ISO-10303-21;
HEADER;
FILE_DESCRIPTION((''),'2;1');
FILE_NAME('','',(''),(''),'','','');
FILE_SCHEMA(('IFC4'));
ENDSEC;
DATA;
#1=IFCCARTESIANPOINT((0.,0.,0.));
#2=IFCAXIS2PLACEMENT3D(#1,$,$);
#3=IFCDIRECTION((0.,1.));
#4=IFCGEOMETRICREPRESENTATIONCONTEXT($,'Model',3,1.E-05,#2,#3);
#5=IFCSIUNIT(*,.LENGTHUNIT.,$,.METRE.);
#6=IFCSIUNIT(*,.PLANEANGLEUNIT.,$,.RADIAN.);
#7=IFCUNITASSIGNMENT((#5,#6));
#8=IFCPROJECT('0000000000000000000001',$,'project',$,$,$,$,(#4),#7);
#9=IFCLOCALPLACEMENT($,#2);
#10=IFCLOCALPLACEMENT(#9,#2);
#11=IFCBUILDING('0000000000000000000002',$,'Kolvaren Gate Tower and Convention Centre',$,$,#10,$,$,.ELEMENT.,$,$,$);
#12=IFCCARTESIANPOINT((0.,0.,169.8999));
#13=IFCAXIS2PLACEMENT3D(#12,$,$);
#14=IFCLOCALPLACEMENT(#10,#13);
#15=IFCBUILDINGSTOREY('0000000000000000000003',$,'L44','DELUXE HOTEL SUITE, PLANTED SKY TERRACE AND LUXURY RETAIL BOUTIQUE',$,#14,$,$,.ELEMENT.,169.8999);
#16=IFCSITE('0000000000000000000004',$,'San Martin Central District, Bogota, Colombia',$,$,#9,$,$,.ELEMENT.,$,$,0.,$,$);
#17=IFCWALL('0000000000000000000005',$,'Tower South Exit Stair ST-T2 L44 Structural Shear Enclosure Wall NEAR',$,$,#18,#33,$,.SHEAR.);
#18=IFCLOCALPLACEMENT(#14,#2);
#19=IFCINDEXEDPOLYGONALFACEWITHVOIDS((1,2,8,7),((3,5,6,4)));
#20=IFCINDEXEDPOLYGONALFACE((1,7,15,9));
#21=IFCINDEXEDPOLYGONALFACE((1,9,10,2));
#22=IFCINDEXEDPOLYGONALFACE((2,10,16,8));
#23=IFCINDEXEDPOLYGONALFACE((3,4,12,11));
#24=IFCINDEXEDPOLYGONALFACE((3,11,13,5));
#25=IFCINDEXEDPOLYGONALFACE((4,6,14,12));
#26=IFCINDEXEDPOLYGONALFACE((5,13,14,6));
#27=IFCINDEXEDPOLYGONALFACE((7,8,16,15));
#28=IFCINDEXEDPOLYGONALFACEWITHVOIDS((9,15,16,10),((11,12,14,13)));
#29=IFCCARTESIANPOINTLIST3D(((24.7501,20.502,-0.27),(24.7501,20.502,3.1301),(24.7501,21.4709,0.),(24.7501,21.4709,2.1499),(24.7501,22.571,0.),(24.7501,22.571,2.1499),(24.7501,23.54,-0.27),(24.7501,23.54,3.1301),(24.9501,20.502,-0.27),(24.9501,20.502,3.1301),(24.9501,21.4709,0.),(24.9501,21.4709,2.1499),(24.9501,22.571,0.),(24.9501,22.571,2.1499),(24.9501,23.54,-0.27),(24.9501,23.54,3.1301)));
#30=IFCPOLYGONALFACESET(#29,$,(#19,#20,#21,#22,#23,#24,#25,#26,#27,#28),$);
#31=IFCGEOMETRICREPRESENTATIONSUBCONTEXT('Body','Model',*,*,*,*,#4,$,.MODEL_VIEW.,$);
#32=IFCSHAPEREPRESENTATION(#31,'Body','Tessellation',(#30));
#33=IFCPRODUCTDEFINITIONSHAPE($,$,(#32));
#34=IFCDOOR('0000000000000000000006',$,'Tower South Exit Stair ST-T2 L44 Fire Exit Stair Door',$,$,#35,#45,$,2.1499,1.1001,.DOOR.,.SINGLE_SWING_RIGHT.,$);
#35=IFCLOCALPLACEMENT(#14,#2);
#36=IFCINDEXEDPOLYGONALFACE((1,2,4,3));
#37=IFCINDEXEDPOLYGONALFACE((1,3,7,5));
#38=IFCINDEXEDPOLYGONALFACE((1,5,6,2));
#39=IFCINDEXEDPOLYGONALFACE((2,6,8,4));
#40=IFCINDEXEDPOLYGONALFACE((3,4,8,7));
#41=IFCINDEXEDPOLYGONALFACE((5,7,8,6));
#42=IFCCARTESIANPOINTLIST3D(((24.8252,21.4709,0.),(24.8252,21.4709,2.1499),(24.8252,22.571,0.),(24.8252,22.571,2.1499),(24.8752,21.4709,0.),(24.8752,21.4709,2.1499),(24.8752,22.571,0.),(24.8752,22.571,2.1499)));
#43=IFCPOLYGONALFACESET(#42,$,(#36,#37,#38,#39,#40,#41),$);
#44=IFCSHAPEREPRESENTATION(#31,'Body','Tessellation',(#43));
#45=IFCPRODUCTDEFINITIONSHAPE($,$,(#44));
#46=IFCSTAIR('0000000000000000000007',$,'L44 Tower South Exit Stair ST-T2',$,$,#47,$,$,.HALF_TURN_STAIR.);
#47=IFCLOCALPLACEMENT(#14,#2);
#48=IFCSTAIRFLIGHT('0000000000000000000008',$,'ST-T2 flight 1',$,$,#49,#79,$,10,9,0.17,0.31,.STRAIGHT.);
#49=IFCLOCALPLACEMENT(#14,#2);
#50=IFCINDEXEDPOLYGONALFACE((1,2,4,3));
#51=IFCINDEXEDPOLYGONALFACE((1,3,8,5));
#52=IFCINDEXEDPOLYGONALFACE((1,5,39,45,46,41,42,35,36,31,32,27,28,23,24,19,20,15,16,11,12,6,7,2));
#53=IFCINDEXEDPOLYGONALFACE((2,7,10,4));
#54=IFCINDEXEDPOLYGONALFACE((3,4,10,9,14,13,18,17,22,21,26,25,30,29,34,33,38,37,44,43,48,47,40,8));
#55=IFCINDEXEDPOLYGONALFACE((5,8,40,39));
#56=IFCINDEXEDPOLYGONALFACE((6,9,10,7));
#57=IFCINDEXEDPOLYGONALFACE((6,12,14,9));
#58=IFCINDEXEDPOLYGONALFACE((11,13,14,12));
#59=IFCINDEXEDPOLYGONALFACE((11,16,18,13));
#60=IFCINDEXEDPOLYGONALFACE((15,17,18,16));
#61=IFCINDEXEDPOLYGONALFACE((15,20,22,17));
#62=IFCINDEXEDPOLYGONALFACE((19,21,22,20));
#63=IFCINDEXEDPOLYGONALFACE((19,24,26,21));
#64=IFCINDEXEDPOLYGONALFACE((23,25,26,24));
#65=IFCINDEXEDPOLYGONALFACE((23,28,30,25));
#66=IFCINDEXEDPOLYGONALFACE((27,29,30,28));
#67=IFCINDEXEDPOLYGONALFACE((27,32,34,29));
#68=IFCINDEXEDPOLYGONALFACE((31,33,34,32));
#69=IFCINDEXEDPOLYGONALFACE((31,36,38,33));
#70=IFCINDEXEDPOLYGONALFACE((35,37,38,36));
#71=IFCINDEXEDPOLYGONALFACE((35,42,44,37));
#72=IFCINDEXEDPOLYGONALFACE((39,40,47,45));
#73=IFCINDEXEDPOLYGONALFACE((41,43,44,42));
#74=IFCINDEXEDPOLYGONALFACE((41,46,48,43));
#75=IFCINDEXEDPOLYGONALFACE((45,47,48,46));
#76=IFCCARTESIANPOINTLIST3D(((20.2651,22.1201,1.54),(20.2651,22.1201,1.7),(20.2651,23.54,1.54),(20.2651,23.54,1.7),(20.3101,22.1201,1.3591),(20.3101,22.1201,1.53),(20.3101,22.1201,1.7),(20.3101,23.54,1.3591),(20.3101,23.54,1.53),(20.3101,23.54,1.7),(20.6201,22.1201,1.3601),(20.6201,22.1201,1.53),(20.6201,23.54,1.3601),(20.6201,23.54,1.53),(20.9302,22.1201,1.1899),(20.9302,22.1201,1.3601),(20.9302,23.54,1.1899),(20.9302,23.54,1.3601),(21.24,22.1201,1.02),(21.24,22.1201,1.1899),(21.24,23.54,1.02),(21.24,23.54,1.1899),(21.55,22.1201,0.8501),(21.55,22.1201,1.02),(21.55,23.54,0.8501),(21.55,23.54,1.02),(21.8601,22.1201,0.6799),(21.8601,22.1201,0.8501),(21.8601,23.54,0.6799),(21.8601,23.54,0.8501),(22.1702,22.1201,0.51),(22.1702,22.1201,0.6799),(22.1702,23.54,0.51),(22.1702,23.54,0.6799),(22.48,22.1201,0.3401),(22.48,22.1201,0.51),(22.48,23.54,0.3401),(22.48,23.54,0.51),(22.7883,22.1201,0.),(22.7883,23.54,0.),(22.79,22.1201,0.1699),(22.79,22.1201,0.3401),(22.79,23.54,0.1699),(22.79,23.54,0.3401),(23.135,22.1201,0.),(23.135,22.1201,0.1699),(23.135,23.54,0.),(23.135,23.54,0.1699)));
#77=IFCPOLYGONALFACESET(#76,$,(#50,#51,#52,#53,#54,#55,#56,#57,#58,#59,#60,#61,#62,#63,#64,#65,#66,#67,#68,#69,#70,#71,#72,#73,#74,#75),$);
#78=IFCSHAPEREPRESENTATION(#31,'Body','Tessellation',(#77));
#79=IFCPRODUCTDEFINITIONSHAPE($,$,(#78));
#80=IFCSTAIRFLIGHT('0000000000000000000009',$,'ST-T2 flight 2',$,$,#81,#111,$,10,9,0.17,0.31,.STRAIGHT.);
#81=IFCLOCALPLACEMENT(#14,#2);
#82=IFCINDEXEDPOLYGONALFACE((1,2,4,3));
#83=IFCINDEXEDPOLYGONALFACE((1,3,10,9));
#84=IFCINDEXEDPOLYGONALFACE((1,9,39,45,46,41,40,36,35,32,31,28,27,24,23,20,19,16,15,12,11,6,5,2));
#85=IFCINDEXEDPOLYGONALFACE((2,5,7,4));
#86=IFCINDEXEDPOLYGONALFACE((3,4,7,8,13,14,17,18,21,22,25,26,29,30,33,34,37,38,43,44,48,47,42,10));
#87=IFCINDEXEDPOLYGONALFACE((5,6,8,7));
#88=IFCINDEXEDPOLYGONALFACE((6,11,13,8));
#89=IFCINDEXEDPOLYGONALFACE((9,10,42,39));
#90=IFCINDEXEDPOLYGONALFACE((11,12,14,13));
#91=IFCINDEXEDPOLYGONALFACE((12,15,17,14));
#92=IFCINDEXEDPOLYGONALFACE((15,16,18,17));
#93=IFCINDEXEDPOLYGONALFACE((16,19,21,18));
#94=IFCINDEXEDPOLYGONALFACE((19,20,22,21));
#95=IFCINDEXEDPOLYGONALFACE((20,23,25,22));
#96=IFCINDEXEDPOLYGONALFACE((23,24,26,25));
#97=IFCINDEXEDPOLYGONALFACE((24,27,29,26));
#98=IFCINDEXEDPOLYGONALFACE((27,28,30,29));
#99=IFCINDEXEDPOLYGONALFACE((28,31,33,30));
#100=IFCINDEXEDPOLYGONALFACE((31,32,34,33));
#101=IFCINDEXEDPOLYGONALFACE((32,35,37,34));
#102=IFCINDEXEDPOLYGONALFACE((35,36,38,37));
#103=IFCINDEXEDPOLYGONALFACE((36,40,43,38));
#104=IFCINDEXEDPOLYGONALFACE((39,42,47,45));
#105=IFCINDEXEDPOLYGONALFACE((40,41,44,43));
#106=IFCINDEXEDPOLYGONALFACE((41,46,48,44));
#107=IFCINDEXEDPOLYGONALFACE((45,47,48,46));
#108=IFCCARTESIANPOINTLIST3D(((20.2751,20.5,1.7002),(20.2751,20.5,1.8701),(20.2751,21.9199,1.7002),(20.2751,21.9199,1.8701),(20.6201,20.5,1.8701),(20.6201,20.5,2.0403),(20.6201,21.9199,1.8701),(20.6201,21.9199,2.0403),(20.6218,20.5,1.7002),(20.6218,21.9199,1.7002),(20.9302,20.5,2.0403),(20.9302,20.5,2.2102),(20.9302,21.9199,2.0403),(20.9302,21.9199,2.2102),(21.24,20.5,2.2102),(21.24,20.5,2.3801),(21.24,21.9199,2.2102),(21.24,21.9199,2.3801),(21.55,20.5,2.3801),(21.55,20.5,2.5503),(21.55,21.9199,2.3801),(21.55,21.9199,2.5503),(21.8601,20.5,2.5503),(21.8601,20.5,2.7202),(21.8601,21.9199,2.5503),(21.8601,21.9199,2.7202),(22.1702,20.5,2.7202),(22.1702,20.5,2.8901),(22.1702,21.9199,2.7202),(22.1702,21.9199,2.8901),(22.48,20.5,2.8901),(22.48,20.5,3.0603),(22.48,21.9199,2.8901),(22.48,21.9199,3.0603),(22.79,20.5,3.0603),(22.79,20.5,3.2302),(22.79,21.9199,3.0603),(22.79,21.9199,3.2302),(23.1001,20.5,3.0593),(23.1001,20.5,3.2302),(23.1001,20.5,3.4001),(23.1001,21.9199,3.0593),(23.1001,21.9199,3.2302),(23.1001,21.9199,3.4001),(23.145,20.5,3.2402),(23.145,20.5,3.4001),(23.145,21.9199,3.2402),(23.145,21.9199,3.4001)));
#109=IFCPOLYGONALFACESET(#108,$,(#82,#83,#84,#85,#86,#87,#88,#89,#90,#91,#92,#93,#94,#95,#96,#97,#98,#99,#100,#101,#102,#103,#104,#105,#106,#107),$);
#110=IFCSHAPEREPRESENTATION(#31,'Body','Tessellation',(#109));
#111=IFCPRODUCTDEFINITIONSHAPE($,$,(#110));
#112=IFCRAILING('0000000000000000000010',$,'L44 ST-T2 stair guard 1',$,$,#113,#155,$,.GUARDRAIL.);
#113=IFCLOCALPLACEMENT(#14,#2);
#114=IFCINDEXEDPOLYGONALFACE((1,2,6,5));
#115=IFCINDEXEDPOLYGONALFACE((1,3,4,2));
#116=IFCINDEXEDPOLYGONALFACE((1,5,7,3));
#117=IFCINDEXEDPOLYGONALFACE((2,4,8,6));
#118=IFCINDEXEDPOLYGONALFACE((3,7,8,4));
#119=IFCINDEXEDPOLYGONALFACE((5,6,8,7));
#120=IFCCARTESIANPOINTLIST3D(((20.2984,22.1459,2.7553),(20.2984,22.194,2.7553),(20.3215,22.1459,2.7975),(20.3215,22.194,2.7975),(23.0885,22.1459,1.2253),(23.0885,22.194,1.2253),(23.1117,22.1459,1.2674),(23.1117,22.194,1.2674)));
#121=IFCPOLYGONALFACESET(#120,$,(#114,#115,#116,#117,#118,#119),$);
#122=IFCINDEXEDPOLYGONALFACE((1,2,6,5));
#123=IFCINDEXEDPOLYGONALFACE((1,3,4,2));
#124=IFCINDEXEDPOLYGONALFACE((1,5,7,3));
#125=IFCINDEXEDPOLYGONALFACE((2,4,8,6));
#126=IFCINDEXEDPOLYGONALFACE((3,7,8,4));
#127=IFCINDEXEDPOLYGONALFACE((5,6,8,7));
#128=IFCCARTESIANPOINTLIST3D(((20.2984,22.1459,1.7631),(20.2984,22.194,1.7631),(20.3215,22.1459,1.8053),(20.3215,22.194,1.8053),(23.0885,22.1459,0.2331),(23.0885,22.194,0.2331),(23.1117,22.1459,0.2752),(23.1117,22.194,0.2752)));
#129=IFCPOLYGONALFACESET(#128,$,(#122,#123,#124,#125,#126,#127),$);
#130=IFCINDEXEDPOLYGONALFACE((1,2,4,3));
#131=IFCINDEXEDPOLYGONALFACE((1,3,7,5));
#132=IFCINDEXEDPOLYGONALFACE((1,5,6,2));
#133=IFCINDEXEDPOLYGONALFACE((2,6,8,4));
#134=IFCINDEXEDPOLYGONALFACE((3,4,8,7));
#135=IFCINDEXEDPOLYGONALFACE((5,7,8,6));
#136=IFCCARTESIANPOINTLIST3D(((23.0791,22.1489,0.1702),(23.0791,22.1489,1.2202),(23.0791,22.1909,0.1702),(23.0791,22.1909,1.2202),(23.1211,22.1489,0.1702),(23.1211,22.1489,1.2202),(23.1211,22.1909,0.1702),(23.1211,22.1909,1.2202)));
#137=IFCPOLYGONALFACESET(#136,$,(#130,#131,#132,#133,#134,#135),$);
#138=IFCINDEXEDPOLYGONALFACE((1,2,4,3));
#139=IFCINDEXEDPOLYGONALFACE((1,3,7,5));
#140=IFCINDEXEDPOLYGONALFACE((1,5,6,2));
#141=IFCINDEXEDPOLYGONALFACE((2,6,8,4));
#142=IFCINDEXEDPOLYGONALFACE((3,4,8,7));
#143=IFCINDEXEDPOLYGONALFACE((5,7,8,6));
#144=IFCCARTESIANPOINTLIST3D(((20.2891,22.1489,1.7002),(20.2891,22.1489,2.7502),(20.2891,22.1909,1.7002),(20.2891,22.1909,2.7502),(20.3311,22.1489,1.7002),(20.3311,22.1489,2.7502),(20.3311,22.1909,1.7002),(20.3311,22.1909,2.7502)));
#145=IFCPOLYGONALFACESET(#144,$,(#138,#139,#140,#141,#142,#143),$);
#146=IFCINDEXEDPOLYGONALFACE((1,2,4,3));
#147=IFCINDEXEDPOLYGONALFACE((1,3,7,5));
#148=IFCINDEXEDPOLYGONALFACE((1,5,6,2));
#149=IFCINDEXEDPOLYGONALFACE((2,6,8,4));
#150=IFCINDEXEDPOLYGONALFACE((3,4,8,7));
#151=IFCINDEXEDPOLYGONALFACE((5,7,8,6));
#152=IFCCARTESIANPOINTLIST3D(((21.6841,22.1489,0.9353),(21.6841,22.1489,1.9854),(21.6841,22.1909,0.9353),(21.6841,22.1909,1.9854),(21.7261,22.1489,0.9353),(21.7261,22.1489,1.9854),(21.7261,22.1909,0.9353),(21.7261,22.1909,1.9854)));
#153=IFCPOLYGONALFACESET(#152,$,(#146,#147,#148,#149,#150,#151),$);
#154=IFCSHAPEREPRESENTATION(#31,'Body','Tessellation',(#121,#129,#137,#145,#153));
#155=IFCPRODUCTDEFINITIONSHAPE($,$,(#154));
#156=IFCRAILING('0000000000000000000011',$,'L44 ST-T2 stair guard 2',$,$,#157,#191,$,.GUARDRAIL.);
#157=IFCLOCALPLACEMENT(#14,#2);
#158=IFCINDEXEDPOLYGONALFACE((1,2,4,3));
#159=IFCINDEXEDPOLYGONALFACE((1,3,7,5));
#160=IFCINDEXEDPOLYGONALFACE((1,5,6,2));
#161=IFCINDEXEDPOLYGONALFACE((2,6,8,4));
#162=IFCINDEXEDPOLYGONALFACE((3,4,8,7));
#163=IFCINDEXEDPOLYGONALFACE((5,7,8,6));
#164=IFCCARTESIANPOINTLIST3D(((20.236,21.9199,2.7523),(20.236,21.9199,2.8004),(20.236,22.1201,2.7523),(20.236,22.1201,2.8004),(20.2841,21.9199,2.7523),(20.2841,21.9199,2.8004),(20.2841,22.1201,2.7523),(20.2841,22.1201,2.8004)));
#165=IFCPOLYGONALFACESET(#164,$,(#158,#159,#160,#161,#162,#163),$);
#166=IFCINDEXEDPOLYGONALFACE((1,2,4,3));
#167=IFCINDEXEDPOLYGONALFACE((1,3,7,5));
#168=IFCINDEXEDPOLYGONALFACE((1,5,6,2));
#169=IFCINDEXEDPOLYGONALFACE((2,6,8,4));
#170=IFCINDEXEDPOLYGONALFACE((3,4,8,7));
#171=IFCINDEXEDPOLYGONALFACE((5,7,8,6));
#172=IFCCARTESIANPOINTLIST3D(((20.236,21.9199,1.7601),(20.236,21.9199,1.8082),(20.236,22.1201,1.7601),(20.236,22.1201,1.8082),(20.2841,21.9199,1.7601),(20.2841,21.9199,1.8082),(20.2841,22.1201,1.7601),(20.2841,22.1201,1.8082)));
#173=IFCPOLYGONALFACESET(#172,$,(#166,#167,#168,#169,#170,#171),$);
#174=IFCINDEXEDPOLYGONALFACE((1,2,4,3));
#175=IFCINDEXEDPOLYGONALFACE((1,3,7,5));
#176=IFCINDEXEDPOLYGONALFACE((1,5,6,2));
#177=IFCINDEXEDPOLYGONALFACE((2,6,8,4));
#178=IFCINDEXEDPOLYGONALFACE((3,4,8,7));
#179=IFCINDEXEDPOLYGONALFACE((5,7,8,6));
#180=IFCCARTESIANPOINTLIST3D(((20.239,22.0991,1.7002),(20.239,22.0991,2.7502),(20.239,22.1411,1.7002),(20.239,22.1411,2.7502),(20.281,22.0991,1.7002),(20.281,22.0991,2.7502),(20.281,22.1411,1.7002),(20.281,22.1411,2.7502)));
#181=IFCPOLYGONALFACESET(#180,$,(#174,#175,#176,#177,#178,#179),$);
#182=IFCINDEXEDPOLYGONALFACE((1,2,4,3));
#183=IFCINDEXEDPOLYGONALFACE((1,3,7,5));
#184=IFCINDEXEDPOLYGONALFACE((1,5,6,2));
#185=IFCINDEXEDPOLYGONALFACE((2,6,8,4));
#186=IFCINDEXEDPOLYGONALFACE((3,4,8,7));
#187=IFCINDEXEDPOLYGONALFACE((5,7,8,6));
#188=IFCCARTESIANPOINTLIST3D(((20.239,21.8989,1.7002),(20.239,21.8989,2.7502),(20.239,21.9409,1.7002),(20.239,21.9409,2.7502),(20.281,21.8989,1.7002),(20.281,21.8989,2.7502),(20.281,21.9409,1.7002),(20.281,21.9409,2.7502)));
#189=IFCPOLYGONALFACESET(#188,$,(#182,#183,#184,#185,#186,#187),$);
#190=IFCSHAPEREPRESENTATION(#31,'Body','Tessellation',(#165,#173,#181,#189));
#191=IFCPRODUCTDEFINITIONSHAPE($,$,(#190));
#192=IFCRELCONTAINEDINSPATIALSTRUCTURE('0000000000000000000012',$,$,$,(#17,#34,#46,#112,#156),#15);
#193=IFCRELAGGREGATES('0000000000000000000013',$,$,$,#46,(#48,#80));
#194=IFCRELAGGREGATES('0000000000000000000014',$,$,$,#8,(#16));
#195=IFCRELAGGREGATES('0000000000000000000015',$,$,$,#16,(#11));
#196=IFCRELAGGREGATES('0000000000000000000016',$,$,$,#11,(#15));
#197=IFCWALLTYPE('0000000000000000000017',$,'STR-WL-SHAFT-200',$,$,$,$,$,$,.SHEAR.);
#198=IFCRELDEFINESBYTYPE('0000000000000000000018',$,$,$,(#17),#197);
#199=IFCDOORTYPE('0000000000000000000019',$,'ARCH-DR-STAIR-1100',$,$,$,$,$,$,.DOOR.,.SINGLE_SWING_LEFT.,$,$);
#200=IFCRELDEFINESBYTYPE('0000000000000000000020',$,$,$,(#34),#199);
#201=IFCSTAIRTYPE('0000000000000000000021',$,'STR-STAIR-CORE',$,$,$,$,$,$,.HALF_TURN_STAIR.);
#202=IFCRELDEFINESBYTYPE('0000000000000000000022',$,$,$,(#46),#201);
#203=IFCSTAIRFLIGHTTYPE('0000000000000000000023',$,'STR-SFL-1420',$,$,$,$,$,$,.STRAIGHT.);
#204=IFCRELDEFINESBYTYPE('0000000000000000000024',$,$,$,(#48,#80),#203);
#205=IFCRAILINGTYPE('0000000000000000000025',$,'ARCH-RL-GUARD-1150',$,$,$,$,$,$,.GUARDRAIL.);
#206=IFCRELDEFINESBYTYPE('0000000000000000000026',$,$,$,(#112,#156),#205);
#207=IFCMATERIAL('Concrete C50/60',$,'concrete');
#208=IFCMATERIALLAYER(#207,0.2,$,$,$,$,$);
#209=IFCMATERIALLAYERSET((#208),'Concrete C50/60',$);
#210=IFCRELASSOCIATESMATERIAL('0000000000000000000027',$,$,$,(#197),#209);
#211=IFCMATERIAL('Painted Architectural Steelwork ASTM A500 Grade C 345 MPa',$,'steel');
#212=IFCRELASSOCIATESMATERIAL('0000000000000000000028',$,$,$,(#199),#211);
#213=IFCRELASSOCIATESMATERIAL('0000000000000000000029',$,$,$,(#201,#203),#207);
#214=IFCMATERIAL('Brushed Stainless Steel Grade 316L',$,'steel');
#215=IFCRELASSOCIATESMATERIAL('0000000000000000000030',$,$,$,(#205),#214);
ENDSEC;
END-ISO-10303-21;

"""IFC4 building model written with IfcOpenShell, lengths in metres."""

from ifc_helpers import new_model, si_unit, direction, frame, frame_2d, origin, origin_2d, place, context, subcontext, project, spatial, polyline, rectangle, outline, extrude, material, layer, layer_set, type_object, element, fill, aggregate, save


model = new_model("IFC4")

# Units and contexts
model_context = context("Model", 3, precision=1e-05, world=origin(), true_north=direction((0.0, 1.0)))
body_context = subcontext(model_context, "Body", "Model", "MODEL_VIEW")
ifc_project = project(units=[si_unit("LENGTHUNIT", "METRE"), si_unit("PLANEANGLEUNIT", "RADIAN")], contexts=[model_context])

# Site, building, storey
site_placement = place(None, origin())
site = spatial("IfcSite", under=ifc_project, at=site_placement, Name="San Martin Central District, Bogota, Colombia", CompositionType="ELEMENT", RefElevation=0.0)
building_placement = place(site_placement, origin())
building = spatial("IfcBuilding", under=site, at=building_placement, Name="Kolvaren Gate Tower and Convention Centre", CompositionType="ELEMENT")
storey_placement = place(building_placement, frame((0.0, 0.0, 169.8999)))
storey = spatial("IfcBuildingStorey", under=building, at=storey_placement, Name="L44", Description="DELUXE HOTEL SUITE, PLANTED SKY TERRACE AND LUXURY RETAIL BOUTIQUE", CompositionType="ELEMENT", Elevation=169.8999)

# Shared definitions
ifc_material_1 = material(Name="Painted Architectural Steelwork ASTM A500 Grade C 345 MPa", Category="steel")

# Wall, opening, door
ifc_material_2 = material(Name="Concrete C50/60", Category="concrete")
ifc_layer_1 = layer(ifc_material_2, 0.2)
ifc_layer_set_1 = layer_set([ifc_layer_1], Name="Concrete C50/60")
wall_type_1 = type_object("IfcWallType", Name="STR-WL-SHAFT-200", PredefinedType="SHEAR", material=ifc_layer_set_1)
wall_1_placement = place(storey_placement, frame((24.8501, 20.502, -0.27), z_axis=(0.0, 0.0, 1.0), x_axis=(0.0, 1.0, 0.0)))
wall_1 = element("IfcWall", 1, at=wall_1_placement, inside=storey, type_object=wall_type_1, Name="Tower South Exit Stair ST-T2 L44 Structural Shear Enclosure Wall NEAR", PredefinedType="SHEAR", context=body_context, shape_type="SweptSolid", body=[
    extrude(rectangle(XDim=3.0381, YDim=0.2, at=frame_2d((1.519, 0.0))), origin(), (0.0, 0.0, 1.0), 3.4001),
])
opening_1_placement = place(wall_1_placement, frame((0.969, 0.0, 0.27)))
opening_1 = element("IfcOpeningElement", 2, at=opening_1_placement, cuts=wall_1, PredefinedType="OPENING", context=body_context, shape_type="SweptSolid", body=[
    extrude(rectangle(XDim=1.1001, YDim=2.1499, at=frame_2d((0.55, 1.075))), frame((0.0, 0.1099, 0.0), z_axis=(0.0, -1.0, 0.0), x_axis=(1.0, 0.0, 0.0)), (0.0, 0.0, 1.0), 0.22),
])
door_type_1 = type_object("IfcDoorType", Name="ARCH-DR-STAIR-1100", OperationType="SINGLE_SWING_LEFT", PredefinedType="DOOR", material=ifc_material_1)
door_1_placement = place(opening_1_placement, origin())
door_1 = element("IfcDoor", 3, at=door_1_placement, inside=storey, type_object=door_type_1, Name="Tower South Exit Stair ST-T2 L44 Fire Exit Stair Door", OperationType="SINGLE_SWING_RIGHT", OverallHeight=2.1499, OverallWidth=1.1001, PredefinedType="DOOR", context=body_context, shape_type="SweptSolid", body=[
    extrude(rectangle(XDim=1.1001, YDim=2.1499, at=frame_2d((0.55, 1.075))), frame((0.0, 0.0249, 0.0), z_axis=(0.0, -1.0, 0.0), x_axis=(1.0, 0.0, 0.0)), (0.0, 0.0, 1.0), 0.05),
])
fill(opening_1, door_1)

# Stair, stair flights
stair_type = type_object("IfcStairType", Name="STR-STAIR-CORE", PredefinedType="HALF_TURN_STAIR", material=ifc_material_2)
stair_placement = place(storey_placement, origin())
stair = element("IfcStair", 4, at=stair_placement, inside=storey, type_object=stair_type, Name="L44 Tower South Exit Stair ST-T2", PredefinedType="HALF_TURN_STAIR")
stair_flight_type = type_object("IfcStairFlightType", Name="STR-SFL-1420", PredefinedType="STRAIGHT", material=ifc_material_2)
stair_flight_1_placement = place(storey_placement, frame((23.1001, 22.8301, 0.0), z_axis=(0.0, 0.0, 1.0), x_axis=(-1.0, 0.0, 0.0)))
stair_flight_1 = element("IfcStairFlight", 5, at=stair_flight_1_placement, type_object=stair_flight_type, Name="ST-T2 flight 1", NumberOfRisers=10, NumberOfTreads=9, PredefinedType="STRAIGHT", RiserHeight=0.17, TreadLength=0.31, context=body_context, shape_type="SweptSolid", body=[
    extrude(outline(polyline([(-0.0349, 0.0), (-0.0349, 0.1699), (0.3101, 0.1699), (0.3101, 0.3401), (0.6201, 0.3401), (0.6201, 0.51), (0.9299, 0.51), (0.9299, 0.6799), (1.24, 0.6799), (1.24, 0.8501), (1.55, 0.8501), (1.55, 1.02), (1.8601, 1.02), (1.8601, 1.1899), (2.1699, 1.1899), (2.1699, 1.3601), (2.48, 1.3601), (2.48, 1.53), (2.79, 1.53), (2.79, 1.7), (2.835, 1.7), (2.835, 1.54), (2.79, 1.3591), (0.3118, 0.0), (-0.0349, 0.0)])), frame((0.0, 0.71, 0.0), z_axis=(0.0, -1.0, 0.0), x_axis=(1.0, 0.0, 0.0)), (0.0, 0.0, 1.0), 1.4199),
])
stair_flight_2_placement = place(storey_placement, frame((20.3101, 21.21, 1.7002), z_axis=(0.0, 0.0, 1.0), x_axis=(1.0, 0.0, 0.0)))
stair_flight_2 = element("IfcStairFlight", 6, at=stair_flight_2_placement, type_object=stair_flight_type, Name="ST-T2 flight 2", NumberOfRisers=10, NumberOfTreads=9, PredefinedType="STRAIGHT", RiserHeight=0.17, TreadLength=0.31, context=body_context, shape_type="SweptSolid", body=[
    extrude(outline(polyline([(-0.0349, 0.0), (-0.0349, 0.1699), (0.3101, 0.1699), (0.3101, 0.3401), (0.6201, 0.3401), (0.6201, 0.51), (0.9299, 0.51), (0.9299, 0.6799), (1.24, 0.6799), (1.24, 0.8501), (1.55, 0.8501), (1.55, 1.02), (1.8601, 1.02), (1.8601, 1.1899), (2.1699, 1.1899), (2.1699, 1.3601), (2.48, 1.3601), (2.48, 1.53), (2.79, 1.53), (2.79, 1.7), (2.835, 1.7), (2.835, 1.54), (2.79, 1.3591), (0.3118, 0.0), (-0.0349, 0.0)])), frame((0.0, 0.71, 0.0), z_axis=(0.0, -1.0, 0.0), x_axis=(1.0, 0.0, 0.0)), (0.0, 0.0, 1.0), 1.4199),
])
aggregate(stair, [stair_flight_1, stair_flight_2])

# Railings
ifc_material_3 = material(Name="Brushed Stainless Steel Grade 316L", Category="steel")
railing_type_1 = type_object("IfcRailingType", Name="ARCH-RL-GUARD-1150", PredefinedType="GUARDRAIL", material=ifc_material_3)
railing_1_placement = place(storey_placement, frame((23.1001, 22.1699, 0.1702)))
element("IfcRailing", 7, at=railing_1_placement, inside=storey, type_object=railing_type_1, Name="L44 ST-T2 stair guard 1", PredefinedType="GUARDRAIL", context=body_context, shape_type="SweptSolid", body=[
    extrude(rectangle(XDim=0.0481, YDim=0.0481, at=origin_2d()), frame((0.0, 0.0, 1.0762), z_axis=(-0.876811, 0.0, 0.480835), x_axis=(0.0, -1.0, 0.0)), (0.0, 0.0, 1.0), 3.1821),
    extrude(rectangle(XDim=0.0481, YDim=0.0481, at=origin_2d()), frame((0.0, 0.0, 0.084), z_axis=(-0.876811, 0.0, 0.480835), x_axis=(0.0, -1.0, 0.0)), (0.0, 0.0, 1.0), 3.1821),
    extrude(rectangle(XDim=0.042, YDim=0.042, at=origin_2d()), origin(), (0.0, 0.0, 1.0), 1.05),
    extrude(rectangle(XDim=0.042, YDim=0.042, at=origin_2d()), frame((-2.79, 0.0, 1.53)), (0.0, 0.0, 1.0), 1.05),
    extrude(rectangle(XDim=0.042, YDim=0.042, at=origin_2d()), frame((-1.395, 0.0, 0.7651)), (0.0, 0.0, 1.0), 1.05),
])
railing_2_placement = place(storey_placement, frame((20.26, 22.1201, 1.7002)))
element("IfcRailing", 8, at=railing_2_placement, inside=storey, type_object=railing_type_1, Name="L44 ST-T2 stair guard 2", PredefinedType="GUARDRAIL", context=body_context, shape_type="SweptSolid", body=[
    extrude(rectangle(XDim=0.0481, YDim=0.0481, at=origin_2d()), frame((0.0, 0.0, 1.0762), z_axis=(0.0, -1.0, 0.0), x_axis=(1.0, 0.0, 0.0)), (0.0, 0.0, 1.0), 0.2002),
    extrude(rectangle(XDim=0.0481, YDim=0.0481, at=origin_2d()), frame((0.0, 0.0, 0.084), z_axis=(0.0, -1.0, 0.0), x_axis=(1.0, 0.0, 0.0)), (0.0, 0.0, 1.0), 0.2002),
    extrude(rectangle(XDim=0.042, YDim=0.042, at=origin_2d()), origin(), (0.0, 0.0, 1.0), 1.05),
    extrude(rectangle(XDim=0.042, YDim=0.042, at=origin_2d()), frame((0.0, -0.2002, 0.0)), (0.0, 0.0, 1.0), 1.05),
])

save(model, "model.ifc")
